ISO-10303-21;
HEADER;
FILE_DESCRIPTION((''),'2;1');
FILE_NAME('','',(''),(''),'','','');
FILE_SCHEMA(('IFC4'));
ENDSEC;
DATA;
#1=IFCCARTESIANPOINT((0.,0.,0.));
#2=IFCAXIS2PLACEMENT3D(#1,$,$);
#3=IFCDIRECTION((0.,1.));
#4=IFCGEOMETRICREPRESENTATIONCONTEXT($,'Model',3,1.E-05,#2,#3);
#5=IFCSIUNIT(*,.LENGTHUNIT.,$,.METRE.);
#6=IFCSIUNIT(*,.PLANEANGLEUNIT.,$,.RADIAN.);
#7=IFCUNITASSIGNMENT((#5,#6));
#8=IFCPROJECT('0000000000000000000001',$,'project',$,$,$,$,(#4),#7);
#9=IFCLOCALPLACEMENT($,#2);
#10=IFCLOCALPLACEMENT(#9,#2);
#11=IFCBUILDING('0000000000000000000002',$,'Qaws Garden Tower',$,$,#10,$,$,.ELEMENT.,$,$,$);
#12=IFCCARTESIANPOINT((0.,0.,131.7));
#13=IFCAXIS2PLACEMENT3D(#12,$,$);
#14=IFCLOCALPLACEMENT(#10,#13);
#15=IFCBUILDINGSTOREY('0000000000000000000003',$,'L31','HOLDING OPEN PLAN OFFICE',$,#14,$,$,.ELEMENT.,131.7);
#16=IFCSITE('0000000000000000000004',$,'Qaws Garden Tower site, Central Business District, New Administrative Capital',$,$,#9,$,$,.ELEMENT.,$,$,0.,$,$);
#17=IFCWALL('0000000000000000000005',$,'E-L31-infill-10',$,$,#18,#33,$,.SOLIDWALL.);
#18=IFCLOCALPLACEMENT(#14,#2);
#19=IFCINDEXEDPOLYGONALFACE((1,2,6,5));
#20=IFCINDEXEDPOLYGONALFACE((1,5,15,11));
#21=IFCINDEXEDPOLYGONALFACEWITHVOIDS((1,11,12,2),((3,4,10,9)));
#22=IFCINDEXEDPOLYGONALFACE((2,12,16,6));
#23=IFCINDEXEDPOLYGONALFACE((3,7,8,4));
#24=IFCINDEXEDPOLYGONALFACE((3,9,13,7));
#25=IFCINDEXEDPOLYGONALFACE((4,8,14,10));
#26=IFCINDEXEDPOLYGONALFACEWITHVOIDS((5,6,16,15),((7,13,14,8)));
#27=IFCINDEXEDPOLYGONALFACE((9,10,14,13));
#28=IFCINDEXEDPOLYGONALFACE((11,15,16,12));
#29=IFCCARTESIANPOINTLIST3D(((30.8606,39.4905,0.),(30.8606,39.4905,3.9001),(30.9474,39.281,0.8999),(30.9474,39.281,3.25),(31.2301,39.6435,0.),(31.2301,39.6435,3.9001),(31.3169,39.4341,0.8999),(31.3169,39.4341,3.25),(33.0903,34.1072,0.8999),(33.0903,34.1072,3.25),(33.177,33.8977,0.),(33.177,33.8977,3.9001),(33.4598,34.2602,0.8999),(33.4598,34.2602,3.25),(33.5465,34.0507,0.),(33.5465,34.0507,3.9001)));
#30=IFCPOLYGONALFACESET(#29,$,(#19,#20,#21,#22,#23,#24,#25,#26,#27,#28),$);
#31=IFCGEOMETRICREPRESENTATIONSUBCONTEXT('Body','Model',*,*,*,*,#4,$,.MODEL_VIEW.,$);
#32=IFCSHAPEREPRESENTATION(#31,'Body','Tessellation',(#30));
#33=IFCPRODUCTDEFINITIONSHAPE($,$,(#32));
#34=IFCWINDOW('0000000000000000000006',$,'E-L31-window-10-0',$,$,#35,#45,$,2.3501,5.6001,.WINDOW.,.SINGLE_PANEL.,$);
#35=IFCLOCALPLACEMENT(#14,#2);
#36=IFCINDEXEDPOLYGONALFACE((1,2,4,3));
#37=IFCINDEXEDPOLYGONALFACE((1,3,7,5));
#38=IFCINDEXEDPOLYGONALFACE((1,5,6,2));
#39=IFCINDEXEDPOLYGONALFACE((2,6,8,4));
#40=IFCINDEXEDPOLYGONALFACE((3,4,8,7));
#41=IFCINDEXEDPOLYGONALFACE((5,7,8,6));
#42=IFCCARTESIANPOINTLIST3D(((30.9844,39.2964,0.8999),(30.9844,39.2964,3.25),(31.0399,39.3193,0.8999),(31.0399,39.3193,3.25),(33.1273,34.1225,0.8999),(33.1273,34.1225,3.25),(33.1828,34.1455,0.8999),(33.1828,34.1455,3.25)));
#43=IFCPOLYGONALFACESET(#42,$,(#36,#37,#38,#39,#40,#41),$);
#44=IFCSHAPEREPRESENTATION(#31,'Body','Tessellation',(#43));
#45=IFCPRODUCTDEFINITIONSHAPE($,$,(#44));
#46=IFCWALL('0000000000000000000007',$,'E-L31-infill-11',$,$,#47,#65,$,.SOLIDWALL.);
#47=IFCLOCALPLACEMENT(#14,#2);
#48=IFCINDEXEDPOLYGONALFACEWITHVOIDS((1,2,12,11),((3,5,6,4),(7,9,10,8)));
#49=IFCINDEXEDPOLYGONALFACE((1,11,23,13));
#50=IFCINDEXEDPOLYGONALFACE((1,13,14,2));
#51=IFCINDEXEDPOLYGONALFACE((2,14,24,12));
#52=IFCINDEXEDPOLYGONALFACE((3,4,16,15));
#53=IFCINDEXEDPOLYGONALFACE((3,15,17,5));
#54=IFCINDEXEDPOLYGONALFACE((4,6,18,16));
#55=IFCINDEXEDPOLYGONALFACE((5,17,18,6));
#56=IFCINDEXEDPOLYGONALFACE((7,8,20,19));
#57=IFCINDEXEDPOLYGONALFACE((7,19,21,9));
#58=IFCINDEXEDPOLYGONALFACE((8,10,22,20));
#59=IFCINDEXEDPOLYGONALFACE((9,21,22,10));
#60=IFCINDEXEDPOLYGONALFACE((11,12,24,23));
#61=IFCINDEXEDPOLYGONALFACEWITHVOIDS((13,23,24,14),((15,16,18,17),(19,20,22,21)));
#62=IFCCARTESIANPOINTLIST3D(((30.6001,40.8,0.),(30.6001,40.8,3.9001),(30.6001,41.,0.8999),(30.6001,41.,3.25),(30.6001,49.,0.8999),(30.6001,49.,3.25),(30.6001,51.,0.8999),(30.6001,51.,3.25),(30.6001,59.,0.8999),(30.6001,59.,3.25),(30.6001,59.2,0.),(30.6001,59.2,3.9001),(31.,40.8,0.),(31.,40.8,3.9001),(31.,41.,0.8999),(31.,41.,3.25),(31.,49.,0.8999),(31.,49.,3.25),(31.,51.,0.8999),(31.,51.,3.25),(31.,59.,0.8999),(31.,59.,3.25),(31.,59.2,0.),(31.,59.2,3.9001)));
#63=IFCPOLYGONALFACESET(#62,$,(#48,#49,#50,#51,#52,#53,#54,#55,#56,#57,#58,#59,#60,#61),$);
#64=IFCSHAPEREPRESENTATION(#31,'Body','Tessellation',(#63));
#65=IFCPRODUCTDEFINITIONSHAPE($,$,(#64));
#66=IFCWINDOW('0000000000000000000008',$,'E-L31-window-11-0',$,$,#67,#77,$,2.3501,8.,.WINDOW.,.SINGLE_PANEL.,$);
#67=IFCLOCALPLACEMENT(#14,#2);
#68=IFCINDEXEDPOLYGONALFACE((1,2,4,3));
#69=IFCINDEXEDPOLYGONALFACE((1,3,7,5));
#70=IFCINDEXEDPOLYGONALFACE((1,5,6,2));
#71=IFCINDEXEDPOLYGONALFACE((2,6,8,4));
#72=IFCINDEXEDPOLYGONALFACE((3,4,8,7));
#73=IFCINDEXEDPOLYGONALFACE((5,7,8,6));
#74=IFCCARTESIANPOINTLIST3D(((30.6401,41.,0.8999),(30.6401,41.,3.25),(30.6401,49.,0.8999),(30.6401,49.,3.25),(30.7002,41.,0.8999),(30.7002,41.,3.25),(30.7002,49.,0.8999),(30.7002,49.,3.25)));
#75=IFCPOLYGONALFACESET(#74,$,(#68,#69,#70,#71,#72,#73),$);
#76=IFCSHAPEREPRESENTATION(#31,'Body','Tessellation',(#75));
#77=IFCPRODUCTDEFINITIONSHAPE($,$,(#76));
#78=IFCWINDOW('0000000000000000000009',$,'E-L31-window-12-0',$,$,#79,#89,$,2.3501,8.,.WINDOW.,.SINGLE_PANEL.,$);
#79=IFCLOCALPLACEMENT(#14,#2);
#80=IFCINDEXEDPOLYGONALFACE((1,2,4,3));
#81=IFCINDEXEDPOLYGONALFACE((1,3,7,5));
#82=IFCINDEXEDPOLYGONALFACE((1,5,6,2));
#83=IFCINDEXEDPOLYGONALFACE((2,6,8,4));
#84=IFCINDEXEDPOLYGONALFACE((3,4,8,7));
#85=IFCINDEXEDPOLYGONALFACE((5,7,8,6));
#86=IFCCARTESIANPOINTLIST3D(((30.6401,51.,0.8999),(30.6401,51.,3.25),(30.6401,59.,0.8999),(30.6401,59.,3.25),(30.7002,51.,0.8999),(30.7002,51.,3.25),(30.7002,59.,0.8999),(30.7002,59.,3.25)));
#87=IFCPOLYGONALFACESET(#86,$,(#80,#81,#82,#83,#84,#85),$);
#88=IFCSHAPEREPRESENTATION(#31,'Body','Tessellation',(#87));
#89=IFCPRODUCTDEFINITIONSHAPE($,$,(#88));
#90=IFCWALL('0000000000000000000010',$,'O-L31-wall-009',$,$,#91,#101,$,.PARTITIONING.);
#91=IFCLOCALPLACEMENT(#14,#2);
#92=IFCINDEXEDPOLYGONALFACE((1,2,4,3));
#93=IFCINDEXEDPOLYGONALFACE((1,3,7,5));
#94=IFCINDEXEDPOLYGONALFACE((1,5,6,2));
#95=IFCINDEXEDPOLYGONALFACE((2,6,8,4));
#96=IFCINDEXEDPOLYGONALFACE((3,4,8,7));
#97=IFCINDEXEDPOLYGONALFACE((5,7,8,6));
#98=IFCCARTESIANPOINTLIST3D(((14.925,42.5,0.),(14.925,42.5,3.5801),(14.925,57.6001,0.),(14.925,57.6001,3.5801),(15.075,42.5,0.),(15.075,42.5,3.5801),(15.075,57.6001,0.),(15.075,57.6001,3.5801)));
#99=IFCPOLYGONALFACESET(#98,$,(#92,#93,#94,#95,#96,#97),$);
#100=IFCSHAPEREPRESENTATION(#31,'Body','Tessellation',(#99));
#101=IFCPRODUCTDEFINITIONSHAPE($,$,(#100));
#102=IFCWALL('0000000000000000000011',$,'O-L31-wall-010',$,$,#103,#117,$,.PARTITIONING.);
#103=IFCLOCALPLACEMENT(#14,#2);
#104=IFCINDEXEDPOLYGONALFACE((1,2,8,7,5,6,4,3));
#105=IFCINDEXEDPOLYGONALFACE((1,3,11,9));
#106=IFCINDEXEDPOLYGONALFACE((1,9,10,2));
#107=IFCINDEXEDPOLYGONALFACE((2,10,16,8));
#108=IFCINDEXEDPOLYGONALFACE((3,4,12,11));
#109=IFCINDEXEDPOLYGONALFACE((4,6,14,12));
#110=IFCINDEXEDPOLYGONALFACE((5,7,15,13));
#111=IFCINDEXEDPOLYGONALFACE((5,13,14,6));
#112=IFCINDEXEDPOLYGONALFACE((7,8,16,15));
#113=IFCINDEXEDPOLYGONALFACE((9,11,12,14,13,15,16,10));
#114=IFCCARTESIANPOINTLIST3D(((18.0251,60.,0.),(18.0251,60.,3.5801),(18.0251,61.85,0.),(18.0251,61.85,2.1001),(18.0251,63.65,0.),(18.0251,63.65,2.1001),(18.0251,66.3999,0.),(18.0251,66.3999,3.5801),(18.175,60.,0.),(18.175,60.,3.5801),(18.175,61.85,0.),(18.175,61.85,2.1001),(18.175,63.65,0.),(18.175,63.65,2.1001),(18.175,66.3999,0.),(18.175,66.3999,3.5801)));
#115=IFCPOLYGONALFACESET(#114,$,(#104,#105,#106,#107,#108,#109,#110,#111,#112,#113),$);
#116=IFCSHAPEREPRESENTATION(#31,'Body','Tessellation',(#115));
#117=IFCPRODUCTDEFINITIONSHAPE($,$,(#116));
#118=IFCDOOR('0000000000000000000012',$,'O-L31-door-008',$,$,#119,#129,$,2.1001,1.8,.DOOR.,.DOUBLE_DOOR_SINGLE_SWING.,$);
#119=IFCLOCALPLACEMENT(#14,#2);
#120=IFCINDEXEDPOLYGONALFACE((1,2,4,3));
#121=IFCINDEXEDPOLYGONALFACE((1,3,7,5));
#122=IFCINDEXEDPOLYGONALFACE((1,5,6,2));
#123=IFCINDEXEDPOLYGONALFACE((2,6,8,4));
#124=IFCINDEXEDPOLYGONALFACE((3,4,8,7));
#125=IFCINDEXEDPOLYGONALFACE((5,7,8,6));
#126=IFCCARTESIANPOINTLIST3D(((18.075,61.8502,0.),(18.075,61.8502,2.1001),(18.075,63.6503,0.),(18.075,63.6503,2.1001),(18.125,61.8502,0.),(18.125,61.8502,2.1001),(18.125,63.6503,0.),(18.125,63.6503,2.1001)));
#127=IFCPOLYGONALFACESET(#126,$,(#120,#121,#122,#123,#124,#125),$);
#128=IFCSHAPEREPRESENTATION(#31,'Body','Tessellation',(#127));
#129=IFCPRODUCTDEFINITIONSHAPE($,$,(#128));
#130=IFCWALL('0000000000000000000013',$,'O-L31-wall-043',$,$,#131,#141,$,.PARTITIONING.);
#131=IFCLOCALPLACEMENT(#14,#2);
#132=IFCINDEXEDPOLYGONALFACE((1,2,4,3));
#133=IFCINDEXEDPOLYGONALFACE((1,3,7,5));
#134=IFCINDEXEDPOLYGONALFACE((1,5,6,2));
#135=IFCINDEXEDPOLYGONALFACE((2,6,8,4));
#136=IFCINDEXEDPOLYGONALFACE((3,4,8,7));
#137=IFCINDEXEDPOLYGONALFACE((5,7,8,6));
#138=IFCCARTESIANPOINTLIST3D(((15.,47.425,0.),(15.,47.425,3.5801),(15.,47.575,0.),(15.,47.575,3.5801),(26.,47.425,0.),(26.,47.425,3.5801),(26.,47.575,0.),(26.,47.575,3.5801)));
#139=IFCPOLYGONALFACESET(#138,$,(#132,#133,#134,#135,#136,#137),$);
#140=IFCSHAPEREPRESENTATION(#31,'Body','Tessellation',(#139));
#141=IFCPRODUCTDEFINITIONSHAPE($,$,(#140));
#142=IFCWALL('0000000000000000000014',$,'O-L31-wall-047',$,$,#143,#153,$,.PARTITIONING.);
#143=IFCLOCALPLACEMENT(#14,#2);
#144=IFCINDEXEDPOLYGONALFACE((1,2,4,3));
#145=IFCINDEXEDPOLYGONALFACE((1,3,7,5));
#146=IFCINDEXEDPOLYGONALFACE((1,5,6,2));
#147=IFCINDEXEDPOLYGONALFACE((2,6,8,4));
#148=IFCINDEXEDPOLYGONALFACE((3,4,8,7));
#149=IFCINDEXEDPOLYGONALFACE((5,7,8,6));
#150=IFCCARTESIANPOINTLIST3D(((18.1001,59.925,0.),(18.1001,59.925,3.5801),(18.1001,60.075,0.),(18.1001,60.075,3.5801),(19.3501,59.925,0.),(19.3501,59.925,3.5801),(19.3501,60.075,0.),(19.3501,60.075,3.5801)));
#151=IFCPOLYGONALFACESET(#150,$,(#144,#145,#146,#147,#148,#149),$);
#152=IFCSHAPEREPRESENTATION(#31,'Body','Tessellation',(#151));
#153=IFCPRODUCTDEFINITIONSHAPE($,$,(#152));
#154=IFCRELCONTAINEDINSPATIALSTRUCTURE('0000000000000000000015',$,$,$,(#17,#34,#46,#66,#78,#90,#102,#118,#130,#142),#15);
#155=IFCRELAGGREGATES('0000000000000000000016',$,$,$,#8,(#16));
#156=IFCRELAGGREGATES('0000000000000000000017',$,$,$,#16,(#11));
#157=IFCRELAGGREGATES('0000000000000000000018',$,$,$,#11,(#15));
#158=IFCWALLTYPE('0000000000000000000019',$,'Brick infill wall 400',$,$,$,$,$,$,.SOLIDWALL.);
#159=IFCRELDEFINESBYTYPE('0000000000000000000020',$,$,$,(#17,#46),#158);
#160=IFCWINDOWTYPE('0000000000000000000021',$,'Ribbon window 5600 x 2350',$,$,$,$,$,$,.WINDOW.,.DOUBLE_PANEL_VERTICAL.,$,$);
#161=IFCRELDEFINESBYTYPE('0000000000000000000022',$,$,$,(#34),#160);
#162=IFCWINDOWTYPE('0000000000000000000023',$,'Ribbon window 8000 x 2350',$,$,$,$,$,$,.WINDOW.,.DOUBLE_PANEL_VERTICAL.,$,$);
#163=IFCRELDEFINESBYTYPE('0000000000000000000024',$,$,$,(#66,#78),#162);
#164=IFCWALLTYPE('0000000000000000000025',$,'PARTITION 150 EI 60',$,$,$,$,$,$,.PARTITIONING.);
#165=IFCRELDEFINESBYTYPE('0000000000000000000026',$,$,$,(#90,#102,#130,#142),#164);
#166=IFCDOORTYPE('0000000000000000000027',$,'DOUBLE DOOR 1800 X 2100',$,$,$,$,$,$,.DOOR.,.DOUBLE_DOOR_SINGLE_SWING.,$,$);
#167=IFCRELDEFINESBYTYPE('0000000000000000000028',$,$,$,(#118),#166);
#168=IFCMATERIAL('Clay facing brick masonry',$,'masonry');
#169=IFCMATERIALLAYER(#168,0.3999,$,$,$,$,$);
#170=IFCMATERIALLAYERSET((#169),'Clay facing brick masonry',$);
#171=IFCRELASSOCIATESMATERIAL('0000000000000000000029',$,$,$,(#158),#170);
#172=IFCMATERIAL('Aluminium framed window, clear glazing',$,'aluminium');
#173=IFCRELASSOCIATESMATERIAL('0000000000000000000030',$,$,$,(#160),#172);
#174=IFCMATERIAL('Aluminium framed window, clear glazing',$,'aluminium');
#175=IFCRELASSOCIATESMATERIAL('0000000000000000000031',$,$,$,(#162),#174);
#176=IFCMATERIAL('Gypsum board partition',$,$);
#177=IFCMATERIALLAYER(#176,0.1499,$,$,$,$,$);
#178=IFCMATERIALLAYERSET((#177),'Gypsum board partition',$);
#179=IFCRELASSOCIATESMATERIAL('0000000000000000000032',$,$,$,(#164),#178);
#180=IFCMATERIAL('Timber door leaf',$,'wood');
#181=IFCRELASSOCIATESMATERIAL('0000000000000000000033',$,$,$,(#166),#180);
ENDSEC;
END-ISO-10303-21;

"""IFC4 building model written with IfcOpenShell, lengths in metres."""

from ifc_helpers import new_model, si_unit, direction, frame, frame_2d, origin, place, context, subcontext, project, spatial, rectangle, extrude, material, layer, layer_set, type_object, element, fill, save


model = new_model("IFC4")

# Units and contexts
model_context = context("Model", 3, precision=1e-05, world=origin(), true_north=direction((0.0, 1.0)))
body_context = subcontext(model_context, "Body", "Model", "MODEL_VIEW")
ifc_project = project(units=[si_unit("LENGTHUNIT", "METRE"), si_unit("PLANEANGLEUNIT", "RADIAN")], contexts=[model_context])

# Site, building, storey
site_placement = place(None, origin())
site = spatial("IfcSite", under=ifc_project, at=site_placement, Name="Qaws Garden Tower site, Central Business District, New Administrative Capital", CompositionType="ELEMENT", RefElevation=0.0)
building_placement = place(site_placement, origin())
building = spatial("IfcBuilding", under=site, at=building_placement, Name="Qaws Garden Tower", CompositionType="ELEMENT")
storey_placement = place(building_placement, frame((0.0, 0.0, 131.7)))
storey = spatial("IfcBuildingStorey", under=building, at=storey_placement, Name="L31", Description="HOLDING OPEN PLAN OFFICE", CompositionType="ELEMENT", Elevation=131.7)

# Wall, opening, window
ifc_material_1 = material(Name="Clay facing brick masonry", Category="masonry")
ifc_layer_1 = layer(ifc_material_1, 0.3999)
ifc_layer_set_1 = layer_set([ifc_layer_1], Name="Clay facing brick masonry")
wall_type_1 = type_object("IfcWallType", Name="Brick infill wall 400", PredefinedType="SOLIDWALL", material=ifc_layer_set_1)
wall_1_placement = place(storey_placement, frame((33.3618, 33.9741, 0.0), z_axis=(0.0, 0.0, 1.0), x_axis=(-0.382656, 0.923891, 0.0)))
wall_1 = element("IfcWall", 1, at=wall_1_placement, inside=storey, type_object=wall_type_1, Name="E-L31-infill-10", PredefinedType="SOLIDWALL", context=body_context, shape_type="SweptSolid", body=[
    extrude(rectangle(XDim=6.0535, YDim=0.3999, at=frame_2d((3.0269, 0.0))), origin(), (0.0, 0.0, 1.0), 3.9001),
])
opening_1_placement = place(wall_1_placement, frame((0.2268, 0.0, 0.8999)))
opening_1 = element("IfcOpeningElement", 2, at=opening_1_placement, cuts=wall_1, PredefinedType="OPENING", context=body_context, shape_type="SweptSolid", body=[
    extrude(rectangle(XDim=5.6001, YDim=2.3501, at=frame_2d((2.8, 1.175))), frame((0.0, 0.21, 0.0), z_axis=(0.0, -1.0, 0.0), x_axis=(1.0, 0.0, 0.0)), (0.0, 0.0, 1.0), 0.4199),
])
ifc_material_2 = material(Name="Aluminium framed window, clear glazing", Category="aluminium")
window_type_1 = type_object("IfcWindowType", Name="Ribbon window 5600 x 2350", PartitioningType="DOUBLE_PANEL_VERTICAL", PredefinedType="WINDOW", material=ifc_material_2)
window_1_placement = place(opening_1_placement, origin())
window_1 = element("IfcWindow", 3, at=window_1_placement, inside=storey, type_object=window_type_1, Name="E-L31-window-10-0", OverallHeight=2.3501, OverallWidth=5.6001, PartitioningType="SINGLE_PANEL", PredefinedType="WINDOW", context=body_context, shape_type="SweptSolid", body=[
    extrude(rectangle(XDim=5.6001, YDim=2.3501, at=frame_2d((2.8, 1.175))), frame((0.0, 0.1599, 0.0), z_axis=(0.0, -1.0, 0.0), x_axis=(1.0, 0.0, 0.0)), (0.0, 0.0, 1.0), 0.0601),
])
fill(opening_1, window_1)

# Wall, openings, windows
wall_2_placement = place(storey_placement, frame((30.8, 40.8, 0.0), z_axis=(0.0, 0.0, 1.0), x_axis=(0.0, 1.0, 0.0)))
wall_2 = element("IfcWall", 4, at=wall_2_placement, inside=storey, type_object=wall_type_1, Name="E-L31-infill-11", PredefinedType="SOLIDWALL", context=body_context, shape_type="SweptSolid", body=[
    extrude(rectangle(XDim=18.3999, YDim=0.3999, at=frame_2d((9.2, 0.0))), origin(), (0.0, 0.0, 1.0), 3.9001),
])
opening_2_placement = place(wall_2_placement, frame((0.2, 0.0, 0.8999)))
opening_2 = element("IfcOpeningElement", 5, at=opening_2_placement, cuts=wall_2, PredefinedType="OPENING", context=body_context, shape_type="SweptSolid", body=[
    extrude(rectangle(XDim=8.0, YDim=2.3501, at=frame_2d((4.0, 1.175))), frame((0.0, 0.21, 0.0), z_axis=(0.0, -1.0, 0.0), x_axis=(1.0, 0.0, 0.0)), (0.0, 0.0, 1.0), 0.4199),
])
opening_3_placement = place(wall_2_placement, frame((10.2, 0.0, 0.8999)))
opening_3 = element("IfcOpeningElement", 6, at=opening_3_placement, cuts=wall_2, PredefinedType="OPENING", context=body_context, shape_type="SweptSolid", body=[
    extrude(rectangle(XDim=8.0, YDim=2.3501, at=frame_2d((4.0, 1.175))), frame((0.0, 0.21, 0.0), z_axis=(0.0, -1.0, 0.0), x_axis=(1.0, 0.0, 0.0)), (0.0, 0.0, 1.0), 0.4199),
])
ifc_material_3 = material(Name="Aluminium framed window, clear glazing", Category="aluminium")
window_type_2 = type_object("IfcWindowType", Name="Ribbon window 8000 x 2350", PartitioningType="DOUBLE_PANEL_VERTICAL", PredefinedType="WINDOW", material=ifc_material_3)
window_2_placement = place(opening_2_placement, origin())
window_2 = element("IfcWindow", 7, at=window_2_placement, inside=storey, type_object=window_type_2, Name="E-L31-window-11-0", OverallHeight=2.3501, OverallWidth=8.0, PartitioningType="SINGLE_PANEL", PredefinedType="WINDOW", context=body_context, shape_type="SweptSolid", body=[
    extrude(rectangle(XDim=8.0, YDim=2.3501, at=frame_2d((4.0, 1.175))), frame((0.0, 0.1599, 0.0), z_axis=(0.0, -1.0, 0.0), x_axis=(1.0, 0.0, 0.0)), (0.0, 0.0, 1.0), 0.0601),
])
fill(opening_2, window_2)
window_3_placement = place(opening_3_placement, origin())
window_3 = element("IfcWindow", 8, at=window_3_placement, inside=storey, type_object=window_type_2, Name="E-L31-window-12-0", OverallHeight=2.3501, OverallWidth=8.0, PartitioningType="SINGLE_PANEL", PredefinedType="WINDOW", context=body_context, shape_type="SweptSolid", body=[
    extrude(rectangle(XDim=8.0, YDim=2.3501, at=frame_2d((4.0, 1.175))), frame((0.0, 0.1599, 0.0), z_axis=(0.0, -1.0, 0.0), x_axis=(1.0, 0.0, 0.0)), (0.0, 0.0, 1.0), 0.0601),
])
fill(opening_3, window_3)

# Wall
ifc_material_4 = material(Name="Gypsum board partition")
ifc_layer_2 = layer(ifc_material_4, 0.1499)
ifc_layer_set_2 = layer_set([ifc_layer_2], Name="Gypsum board partition")
wall_type_2 = type_object("IfcWallType", Name="PARTITION 150 EI 60", PredefinedType="PARTITIONING", material=ifc_layer_set_2)
wall_3_placement = place(storey_placement, frame((15.0, 42.5, 0.0), z_axis=(0.0, 0.0, 1.0), x_axis=(0.0, 1.0, 0.0)))
element("IfcWall", 9, at=wall_3_placement, inside=storey, type_object=wall_type_2, Name="O-L31-wall-009", PredefinedType="PARTITIONING", context=body_context, shape_type="SweptSolid", body=[
    extrude(rectangle(XDim=15.1001, YDim=0.1499, at=frame_2d((7.55, 0.0))), origin(), (0.0, 0.0, 1.0), 3.5801),
])

# Wall, opening, door
wall_4_placement = place(storey_placement, frame((18.1001, 60.0, 0.0), z_axis=(0.0, 0.0, 1.0), x_axis=(0.0, 1.0, 0.0)))
wall_4 = element("IfcWall", 10, at=wall_4_placement, inside=storey, type_object=wall_type_2, Name="O-L31-wall-010", PredefinedType="PARTITIONING", context=body_context, shape_type="SweptSolid", body=[
    extrude(rectangle(XDim=6.3999, YDim=0.1499, at=frame_2d((3.2, 0.0))), origin(), (0.0, 0.0, 1.0), 3.5801),
])
opening_4_placement = place(wall_4_placement, frame((1.8501, 0.0, 0.0)))
opening_4 = element("IfcOpeningElement", 11, at=opening_4_placement, cuts=wall_4, PredefinedType="OPENING", context=body_context, shape_type="SweptSolid", body=[
    extrude(rectangle(XDim=1.8, YDim=2.1001, at=frame_2d((0.8999, 1.05))), frame((0.0, 0.085, 0.0), z_axis=(0.0, -1.0, 0.0), x_axis=(1.0, 0.0, 0.0)), (0.0, 0.0, 1.0), 0.1699),
])
ifc_material_5 = material(Name="Timber door leaf", Category="wood")
door_type_1 = type_object("IfcDoorType", Name="DOUBLE DOOR 1800 X 2100", OperationType="DOUBLE_DOOR_SINGLE_SWING", PredefinedType="DOOR", material=ifc_material_5)
door_1_placement = place(opening_4_placement, frame((1.8, 0.0, 0.0), z_axis=(0.0, 0.0, 1.0), x_axis=(-1.0, 0.0, 0.0)))
door_1 = element("IfcDoor", 12, at=door_1_placement, inside=storey, type_object=door_type_1, Name="O-L31-door-008", OperationType="DOUBLE_DOOR_SINGLE_SWING", OverallHeight=2.1001, OverallWidth=1.8, PredefinedType="DOOR", context=body_context, shape_type="SweptSolid", body=[
    extrude(rectangle(XDim=1.8, YDim=2.1001, at=frame_2d((0.8999, 1.05))), frame((0.0, 0.0249, 0.0), z_axis=(0.0, -1.0, 0.0), x_axis=(1.0, 0.0, 0.0)), (0.0, 0.0, 1.0), 0.05),
])
fill(opening_4, door_1)

# Walls
wall_5_placement = place(storey_placement, frame((15.0, 47.5, 0.0), z_axis=(0.0, 0.0, 1.0), x_axis=(1.0, 0.0, 0.0)))
element("IfcWall", 13, at=wall_5_placement, inside=storey, type_object=wall_type_2, Name="O-L31-wall-043", PredefinedType="PARTITIONING", context=body_context, shape_type="SweptSolid", body=[
    extrude(rectangle(XDim=11.0, YDim=0.1499, at=frame_2d((5.5, 0.0))), origin(), (0.0, 0.0, 1.0), 3.5801),
])
wall_6_placement = place(storey_placement, frame((18.1001, 60.0, 0.0), z_axis=(0.0, 0.0, 1.0), x_axis=(1.0, 0.0, 0.0)))
element("IfcWall", 14, at=wall_6_placement, inside=storey, type_object=wall_type_2, Name="O-L31-wall-047", PredefinedType="PARTITIONING", context=body_context, shape_type="SweptSolid", body=[
    extrude(rectangle(XDim=1.25, YDim=0.1499, at=frame_2d((0.625, 0.0))), origin(), (0.0, 0.0, 1.0), 3.5801),
])

save(model, "model.ifc")
